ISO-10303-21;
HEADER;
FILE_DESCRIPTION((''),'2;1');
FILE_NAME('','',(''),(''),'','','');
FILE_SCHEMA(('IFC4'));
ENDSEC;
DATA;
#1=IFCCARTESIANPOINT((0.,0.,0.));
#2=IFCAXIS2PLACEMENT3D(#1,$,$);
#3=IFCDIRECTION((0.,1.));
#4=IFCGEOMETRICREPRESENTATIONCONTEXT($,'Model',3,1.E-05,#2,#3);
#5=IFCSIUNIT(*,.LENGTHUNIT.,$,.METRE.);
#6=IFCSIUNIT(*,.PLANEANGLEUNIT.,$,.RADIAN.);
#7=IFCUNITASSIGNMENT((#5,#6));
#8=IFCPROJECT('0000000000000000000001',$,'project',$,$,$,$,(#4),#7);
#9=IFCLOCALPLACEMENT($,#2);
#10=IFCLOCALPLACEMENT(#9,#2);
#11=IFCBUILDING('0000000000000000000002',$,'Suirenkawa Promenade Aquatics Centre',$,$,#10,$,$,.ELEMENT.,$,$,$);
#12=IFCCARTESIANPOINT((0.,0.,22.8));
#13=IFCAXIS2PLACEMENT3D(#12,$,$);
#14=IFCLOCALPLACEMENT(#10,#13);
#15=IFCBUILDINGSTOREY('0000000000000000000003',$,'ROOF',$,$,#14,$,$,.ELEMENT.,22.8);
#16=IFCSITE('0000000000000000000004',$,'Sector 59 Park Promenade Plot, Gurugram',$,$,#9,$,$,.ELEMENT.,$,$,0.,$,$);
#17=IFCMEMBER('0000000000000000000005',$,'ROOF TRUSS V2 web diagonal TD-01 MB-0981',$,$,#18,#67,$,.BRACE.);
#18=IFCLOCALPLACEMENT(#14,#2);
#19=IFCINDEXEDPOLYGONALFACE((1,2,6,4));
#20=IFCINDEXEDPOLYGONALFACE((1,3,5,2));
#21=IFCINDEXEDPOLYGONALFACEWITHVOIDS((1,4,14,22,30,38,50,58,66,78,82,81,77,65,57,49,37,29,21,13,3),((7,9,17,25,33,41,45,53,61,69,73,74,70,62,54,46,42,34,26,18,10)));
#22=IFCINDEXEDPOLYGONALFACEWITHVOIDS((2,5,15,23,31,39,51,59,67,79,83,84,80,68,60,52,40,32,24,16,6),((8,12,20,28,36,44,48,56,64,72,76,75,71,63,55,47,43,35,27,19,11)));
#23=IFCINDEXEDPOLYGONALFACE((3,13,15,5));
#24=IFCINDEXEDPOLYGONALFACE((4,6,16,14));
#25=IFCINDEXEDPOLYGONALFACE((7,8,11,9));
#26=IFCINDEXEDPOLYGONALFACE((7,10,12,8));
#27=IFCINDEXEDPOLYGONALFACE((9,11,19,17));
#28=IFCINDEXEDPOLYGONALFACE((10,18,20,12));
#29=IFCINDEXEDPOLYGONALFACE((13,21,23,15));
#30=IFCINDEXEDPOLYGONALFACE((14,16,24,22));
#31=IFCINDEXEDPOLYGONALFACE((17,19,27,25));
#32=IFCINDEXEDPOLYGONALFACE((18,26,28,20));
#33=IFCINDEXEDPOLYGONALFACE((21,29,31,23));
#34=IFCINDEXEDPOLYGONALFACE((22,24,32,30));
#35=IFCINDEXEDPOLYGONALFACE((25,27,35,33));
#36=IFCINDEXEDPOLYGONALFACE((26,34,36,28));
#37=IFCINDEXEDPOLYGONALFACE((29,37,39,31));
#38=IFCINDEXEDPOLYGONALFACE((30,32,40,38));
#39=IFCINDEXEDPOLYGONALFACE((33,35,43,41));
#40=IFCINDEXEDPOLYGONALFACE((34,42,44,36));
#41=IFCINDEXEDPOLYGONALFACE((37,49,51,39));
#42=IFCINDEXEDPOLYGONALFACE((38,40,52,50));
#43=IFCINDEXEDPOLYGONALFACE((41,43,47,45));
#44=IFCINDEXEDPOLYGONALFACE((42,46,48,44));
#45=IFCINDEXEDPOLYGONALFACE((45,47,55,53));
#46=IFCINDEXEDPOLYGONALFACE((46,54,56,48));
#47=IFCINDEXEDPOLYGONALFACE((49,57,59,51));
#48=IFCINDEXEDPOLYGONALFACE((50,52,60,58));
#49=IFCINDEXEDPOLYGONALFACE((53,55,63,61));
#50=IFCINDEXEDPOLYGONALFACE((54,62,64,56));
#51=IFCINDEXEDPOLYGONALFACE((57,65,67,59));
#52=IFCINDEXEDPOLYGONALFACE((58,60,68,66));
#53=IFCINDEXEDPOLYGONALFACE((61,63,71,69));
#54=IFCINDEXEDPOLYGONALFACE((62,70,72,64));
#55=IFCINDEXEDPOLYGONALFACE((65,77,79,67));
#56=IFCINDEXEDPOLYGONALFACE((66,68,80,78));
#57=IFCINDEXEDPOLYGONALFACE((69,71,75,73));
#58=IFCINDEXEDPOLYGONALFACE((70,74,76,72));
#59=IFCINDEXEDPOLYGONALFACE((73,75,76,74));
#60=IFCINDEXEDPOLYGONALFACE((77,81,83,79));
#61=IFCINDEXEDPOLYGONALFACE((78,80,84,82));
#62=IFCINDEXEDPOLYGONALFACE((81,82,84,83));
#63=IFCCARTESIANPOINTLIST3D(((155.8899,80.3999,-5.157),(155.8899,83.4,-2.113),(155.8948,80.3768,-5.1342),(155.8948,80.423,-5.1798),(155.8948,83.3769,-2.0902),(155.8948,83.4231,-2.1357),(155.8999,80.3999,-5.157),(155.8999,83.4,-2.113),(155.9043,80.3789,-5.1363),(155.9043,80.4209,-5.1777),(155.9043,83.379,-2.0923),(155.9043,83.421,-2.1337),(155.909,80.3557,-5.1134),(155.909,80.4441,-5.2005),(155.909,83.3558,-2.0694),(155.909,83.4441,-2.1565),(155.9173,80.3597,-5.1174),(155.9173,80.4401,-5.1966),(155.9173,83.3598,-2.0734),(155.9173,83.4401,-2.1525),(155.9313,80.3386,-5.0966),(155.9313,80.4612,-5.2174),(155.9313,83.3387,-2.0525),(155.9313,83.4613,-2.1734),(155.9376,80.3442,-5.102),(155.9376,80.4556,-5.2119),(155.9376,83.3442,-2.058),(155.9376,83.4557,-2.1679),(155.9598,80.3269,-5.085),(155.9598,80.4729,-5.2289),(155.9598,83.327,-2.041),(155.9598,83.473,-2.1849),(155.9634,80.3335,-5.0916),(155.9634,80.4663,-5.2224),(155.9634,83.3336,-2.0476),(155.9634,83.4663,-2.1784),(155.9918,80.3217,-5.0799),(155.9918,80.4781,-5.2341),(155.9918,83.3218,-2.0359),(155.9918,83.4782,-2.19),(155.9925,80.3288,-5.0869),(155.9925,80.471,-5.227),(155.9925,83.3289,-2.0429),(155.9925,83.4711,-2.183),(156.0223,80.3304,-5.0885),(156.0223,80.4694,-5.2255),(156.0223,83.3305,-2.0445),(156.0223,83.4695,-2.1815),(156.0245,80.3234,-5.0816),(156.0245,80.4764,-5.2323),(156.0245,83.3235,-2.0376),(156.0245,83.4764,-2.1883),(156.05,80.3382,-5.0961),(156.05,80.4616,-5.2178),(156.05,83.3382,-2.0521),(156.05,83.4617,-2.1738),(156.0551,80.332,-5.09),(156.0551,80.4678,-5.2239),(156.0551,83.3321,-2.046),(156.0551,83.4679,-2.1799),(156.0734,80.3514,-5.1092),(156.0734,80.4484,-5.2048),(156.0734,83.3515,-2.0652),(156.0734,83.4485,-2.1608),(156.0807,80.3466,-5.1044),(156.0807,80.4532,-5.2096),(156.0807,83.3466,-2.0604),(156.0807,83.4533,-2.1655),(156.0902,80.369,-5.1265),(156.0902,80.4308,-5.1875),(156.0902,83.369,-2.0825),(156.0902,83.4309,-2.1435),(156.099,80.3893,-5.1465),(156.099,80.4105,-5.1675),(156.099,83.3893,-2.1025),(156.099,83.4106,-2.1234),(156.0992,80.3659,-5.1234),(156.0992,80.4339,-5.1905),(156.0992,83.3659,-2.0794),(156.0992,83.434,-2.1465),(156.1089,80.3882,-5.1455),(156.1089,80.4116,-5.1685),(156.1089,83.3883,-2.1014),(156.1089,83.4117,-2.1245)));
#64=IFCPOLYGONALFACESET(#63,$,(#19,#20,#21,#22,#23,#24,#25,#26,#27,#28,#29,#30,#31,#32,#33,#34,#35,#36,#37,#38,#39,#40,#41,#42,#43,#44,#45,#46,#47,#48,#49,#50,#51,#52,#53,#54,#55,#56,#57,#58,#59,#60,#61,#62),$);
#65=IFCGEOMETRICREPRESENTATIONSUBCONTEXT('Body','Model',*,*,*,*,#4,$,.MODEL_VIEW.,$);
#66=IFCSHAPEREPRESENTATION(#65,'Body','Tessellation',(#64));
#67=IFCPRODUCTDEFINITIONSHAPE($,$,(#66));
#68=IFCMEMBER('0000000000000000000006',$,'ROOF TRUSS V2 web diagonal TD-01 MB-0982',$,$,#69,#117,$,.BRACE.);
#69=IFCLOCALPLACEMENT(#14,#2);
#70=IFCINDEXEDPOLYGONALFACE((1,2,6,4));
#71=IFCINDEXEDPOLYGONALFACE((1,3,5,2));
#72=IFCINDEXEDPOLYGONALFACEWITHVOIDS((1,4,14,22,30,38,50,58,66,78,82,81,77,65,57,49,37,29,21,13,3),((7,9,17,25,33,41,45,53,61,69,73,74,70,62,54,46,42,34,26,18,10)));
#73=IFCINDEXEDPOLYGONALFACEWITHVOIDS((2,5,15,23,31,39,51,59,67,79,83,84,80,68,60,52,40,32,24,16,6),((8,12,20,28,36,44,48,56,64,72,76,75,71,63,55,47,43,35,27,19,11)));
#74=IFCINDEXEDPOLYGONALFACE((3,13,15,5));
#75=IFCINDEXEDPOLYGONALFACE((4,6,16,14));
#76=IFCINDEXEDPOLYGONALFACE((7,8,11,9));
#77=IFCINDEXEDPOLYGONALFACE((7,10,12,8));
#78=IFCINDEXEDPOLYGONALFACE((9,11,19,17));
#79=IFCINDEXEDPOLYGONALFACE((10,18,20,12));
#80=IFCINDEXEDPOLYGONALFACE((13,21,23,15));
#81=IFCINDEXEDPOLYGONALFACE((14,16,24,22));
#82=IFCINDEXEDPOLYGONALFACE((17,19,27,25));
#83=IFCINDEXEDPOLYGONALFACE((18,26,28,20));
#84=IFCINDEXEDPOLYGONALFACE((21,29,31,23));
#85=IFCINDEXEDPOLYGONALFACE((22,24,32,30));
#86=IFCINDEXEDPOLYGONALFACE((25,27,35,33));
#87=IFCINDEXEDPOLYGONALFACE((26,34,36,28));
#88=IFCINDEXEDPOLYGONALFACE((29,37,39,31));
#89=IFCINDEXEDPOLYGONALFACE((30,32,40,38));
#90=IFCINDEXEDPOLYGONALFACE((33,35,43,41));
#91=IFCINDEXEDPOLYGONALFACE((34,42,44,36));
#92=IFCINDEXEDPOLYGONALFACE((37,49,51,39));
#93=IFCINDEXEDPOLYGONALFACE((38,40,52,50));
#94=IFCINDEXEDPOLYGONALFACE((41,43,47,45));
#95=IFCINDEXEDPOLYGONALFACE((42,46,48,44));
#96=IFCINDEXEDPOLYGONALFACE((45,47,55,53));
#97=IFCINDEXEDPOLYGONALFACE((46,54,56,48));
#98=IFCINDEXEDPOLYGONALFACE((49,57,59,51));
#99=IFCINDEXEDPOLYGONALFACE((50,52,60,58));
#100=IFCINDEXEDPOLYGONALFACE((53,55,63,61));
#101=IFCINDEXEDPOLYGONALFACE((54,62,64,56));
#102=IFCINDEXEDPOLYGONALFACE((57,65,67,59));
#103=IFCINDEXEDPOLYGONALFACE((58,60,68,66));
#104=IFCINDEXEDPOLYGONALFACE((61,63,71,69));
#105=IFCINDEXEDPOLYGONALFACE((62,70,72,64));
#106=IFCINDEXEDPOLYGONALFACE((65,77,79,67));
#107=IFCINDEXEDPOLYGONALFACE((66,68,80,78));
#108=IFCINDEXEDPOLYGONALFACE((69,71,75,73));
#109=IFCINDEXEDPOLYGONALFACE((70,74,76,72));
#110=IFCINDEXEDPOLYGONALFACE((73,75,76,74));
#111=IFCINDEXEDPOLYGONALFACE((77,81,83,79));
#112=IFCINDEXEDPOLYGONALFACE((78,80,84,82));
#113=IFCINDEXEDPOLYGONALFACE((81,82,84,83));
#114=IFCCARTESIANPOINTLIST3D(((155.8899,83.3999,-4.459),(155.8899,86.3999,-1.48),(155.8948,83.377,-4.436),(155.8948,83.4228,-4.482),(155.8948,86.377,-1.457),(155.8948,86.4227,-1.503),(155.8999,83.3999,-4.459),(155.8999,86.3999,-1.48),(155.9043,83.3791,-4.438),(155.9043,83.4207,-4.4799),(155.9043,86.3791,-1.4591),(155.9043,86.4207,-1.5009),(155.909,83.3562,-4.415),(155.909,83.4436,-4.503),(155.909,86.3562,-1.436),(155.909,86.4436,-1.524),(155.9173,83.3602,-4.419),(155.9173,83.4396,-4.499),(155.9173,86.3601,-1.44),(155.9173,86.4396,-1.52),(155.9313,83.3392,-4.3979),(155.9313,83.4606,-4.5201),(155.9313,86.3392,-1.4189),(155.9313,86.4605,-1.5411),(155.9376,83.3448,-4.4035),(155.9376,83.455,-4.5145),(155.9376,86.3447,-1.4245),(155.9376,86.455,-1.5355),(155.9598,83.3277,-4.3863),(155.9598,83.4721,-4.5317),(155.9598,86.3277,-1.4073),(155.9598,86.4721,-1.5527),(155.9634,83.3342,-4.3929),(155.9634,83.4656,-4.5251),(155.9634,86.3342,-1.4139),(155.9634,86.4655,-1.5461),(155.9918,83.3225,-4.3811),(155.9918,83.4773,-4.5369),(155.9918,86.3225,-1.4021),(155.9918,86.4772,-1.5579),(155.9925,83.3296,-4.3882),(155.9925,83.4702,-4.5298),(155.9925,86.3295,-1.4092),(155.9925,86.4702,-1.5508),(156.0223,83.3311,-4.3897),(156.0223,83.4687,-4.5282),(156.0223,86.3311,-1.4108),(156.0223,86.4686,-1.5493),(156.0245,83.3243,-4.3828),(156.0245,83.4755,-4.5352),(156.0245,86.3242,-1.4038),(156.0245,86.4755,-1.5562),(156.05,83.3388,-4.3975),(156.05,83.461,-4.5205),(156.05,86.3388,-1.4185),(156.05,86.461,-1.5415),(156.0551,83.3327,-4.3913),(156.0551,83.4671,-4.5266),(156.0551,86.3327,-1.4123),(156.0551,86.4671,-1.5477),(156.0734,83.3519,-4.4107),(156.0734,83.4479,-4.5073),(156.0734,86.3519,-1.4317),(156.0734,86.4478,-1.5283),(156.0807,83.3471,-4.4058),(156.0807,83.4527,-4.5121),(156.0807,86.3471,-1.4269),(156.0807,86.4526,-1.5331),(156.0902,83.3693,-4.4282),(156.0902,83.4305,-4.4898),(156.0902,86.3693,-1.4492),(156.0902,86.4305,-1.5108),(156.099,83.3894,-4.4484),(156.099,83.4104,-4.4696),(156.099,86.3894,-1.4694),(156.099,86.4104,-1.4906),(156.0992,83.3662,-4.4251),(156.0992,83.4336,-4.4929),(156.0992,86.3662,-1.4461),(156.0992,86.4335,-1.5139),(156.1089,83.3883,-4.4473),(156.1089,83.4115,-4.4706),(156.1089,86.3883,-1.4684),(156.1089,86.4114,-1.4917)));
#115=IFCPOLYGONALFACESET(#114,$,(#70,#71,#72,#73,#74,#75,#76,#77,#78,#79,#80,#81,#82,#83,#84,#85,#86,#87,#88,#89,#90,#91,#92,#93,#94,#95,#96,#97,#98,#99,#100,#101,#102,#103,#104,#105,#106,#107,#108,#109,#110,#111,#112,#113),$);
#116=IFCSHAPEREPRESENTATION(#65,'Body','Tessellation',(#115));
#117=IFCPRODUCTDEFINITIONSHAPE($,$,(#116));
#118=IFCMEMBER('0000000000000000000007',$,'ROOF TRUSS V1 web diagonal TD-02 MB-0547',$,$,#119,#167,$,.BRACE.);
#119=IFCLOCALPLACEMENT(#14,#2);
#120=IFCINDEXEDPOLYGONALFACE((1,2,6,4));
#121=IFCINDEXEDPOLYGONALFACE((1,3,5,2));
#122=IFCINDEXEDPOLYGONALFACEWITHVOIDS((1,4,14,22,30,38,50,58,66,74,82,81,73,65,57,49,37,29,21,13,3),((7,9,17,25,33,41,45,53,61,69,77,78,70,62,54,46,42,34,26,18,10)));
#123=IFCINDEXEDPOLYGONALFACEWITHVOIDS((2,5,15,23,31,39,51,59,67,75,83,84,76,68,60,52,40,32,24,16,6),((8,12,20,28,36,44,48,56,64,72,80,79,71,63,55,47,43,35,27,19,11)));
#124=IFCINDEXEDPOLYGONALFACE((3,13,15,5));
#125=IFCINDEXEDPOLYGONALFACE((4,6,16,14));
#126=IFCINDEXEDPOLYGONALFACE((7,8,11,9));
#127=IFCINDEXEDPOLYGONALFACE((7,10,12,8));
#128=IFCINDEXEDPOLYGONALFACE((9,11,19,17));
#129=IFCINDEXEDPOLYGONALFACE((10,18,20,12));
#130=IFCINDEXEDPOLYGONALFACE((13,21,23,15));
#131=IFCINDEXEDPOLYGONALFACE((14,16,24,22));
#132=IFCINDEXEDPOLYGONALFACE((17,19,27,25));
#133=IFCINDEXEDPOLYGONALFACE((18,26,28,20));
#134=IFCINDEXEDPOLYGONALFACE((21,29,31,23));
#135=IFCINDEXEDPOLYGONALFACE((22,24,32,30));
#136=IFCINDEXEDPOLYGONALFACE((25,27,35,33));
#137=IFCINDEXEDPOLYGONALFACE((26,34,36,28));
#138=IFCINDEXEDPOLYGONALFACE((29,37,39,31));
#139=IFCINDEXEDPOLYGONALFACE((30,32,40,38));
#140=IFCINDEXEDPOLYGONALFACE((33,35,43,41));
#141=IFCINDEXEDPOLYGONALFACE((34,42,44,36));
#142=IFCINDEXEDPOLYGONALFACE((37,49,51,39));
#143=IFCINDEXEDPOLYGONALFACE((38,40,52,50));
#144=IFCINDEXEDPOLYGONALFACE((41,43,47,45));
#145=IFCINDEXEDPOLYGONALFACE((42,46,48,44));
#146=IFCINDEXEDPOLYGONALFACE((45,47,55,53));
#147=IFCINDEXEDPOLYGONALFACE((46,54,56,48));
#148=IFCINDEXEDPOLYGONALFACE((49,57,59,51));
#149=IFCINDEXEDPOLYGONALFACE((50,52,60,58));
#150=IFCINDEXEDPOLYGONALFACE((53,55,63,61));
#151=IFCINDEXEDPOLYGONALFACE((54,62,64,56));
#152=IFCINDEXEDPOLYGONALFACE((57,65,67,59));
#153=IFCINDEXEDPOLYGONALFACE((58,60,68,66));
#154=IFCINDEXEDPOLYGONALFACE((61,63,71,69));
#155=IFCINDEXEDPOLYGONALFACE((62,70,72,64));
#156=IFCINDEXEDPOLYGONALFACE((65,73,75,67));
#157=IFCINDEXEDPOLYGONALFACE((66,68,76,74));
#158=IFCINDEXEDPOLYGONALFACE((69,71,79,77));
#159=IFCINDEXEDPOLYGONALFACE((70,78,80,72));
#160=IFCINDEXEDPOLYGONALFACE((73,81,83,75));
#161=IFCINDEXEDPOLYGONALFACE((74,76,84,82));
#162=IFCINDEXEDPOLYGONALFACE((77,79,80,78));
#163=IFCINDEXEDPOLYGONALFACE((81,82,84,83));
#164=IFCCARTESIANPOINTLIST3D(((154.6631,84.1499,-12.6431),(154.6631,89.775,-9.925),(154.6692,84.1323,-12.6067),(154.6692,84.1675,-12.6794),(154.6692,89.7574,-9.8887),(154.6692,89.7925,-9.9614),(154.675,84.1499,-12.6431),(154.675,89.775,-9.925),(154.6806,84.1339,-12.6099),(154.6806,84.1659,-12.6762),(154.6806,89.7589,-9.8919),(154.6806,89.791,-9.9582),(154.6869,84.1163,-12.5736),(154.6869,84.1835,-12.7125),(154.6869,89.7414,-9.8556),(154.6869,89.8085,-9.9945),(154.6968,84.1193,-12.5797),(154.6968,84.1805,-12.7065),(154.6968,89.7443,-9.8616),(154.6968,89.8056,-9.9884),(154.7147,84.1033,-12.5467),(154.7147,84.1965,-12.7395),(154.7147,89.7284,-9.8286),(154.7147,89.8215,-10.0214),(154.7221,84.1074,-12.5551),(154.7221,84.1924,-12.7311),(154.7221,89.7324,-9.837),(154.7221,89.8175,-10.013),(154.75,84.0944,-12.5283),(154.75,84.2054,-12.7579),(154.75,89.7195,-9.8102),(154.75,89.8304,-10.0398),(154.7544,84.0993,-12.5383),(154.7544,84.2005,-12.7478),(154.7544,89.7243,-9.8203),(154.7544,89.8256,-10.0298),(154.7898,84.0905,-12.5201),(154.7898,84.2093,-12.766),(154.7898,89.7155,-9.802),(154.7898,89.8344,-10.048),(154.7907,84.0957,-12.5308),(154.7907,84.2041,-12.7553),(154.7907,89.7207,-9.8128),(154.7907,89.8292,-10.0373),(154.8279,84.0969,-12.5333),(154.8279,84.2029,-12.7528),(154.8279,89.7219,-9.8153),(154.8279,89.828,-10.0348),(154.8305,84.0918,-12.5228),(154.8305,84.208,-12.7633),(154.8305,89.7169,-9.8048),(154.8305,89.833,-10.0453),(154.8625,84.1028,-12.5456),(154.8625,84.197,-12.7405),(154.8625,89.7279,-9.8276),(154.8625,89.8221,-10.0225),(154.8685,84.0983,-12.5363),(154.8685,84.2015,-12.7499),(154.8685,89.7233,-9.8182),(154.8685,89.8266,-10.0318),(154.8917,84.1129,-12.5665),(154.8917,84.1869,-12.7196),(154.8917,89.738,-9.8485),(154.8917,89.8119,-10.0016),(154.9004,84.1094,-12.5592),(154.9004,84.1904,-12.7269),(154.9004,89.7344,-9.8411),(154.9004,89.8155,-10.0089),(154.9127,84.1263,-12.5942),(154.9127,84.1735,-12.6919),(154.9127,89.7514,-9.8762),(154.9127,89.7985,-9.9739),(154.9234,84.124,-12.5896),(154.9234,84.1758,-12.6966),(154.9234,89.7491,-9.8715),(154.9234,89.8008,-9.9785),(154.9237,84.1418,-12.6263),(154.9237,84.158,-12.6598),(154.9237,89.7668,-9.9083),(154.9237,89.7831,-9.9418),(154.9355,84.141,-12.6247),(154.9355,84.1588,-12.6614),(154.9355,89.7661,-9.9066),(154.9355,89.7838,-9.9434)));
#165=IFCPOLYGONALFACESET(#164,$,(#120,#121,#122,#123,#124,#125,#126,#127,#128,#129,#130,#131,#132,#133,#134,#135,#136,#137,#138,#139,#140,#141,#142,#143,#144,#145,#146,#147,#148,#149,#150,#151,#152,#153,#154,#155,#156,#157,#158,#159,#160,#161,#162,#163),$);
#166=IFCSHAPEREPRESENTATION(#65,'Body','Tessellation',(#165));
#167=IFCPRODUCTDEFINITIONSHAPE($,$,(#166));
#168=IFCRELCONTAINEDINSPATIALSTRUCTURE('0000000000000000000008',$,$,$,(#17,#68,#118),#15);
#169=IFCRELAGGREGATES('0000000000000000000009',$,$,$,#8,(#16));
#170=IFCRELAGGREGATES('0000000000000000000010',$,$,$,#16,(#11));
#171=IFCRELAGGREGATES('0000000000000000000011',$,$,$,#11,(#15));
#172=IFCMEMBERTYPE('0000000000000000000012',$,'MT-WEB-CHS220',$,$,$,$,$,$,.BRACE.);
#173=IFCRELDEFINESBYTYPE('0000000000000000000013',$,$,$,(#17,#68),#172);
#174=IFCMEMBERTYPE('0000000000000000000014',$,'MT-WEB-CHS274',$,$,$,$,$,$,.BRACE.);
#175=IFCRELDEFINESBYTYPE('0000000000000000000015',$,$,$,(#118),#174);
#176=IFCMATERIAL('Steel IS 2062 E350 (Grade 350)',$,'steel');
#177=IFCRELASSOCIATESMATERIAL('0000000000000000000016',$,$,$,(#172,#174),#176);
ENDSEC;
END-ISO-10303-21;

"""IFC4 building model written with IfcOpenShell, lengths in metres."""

from ifc_helpers import new_model, si_unit, direction, frame, origin, origin_2d, place, context, subcontext, project, spatial, hollow_circle, extrude, material, material_profile, profile_set, type_object, element, save


model = new_model("IFC4")

# Units and contexts
model_context = context("Model", 3, precision=1e-05, world=origin(), true_north=direction((0.0, 1.0)))
body_context = subcontext(model_context, "Body", "Model", "MODEL_VIEW")
ifc_project = project(units=[si_unit("LENGTHUNIT", "METRE"), si_unit("PLANEANGLEUNIT", "RADIAN")], contexts=[model_context])

# Site, building, storey
site_placement = place(None, origin())
site = spatial("IfcSite", under=ifc_project, at=site_placement, Name="Sector 59 Park Promenade Plot, Gurugram", CompositionType="ELEMENT", RefElevation=0.0)
building_placement = place(site_placement, origin())
building = spatial("IfcBuilding", under=site, at=building_placement, Name="Suirenkawa Promenade Aquatics Centre", CompositionType="ELEMENT")
storey_placement = place(building_placement, frame((0.0, 0.0, 22.8)))
storey = spatial("IfcBuildingStorey", under=building, at=storey_placement, Name="ROOF", CompositionType="ELEMENT", Elevation=22.8)

# Shared definitions
ifc_material = material(Name="Steel IS 2062 E350 (Grade 350)", Category="steel")

# Members
ifc_material_profile_1 = material_profile(ifc_material, hollow_circle(Radius=0.1101, WallThickness=0.01, at=origin_2d()), Name="CHS 220x10", Category="steel")
ifc_profile_set_1 = profile_set([ifc_material_profile_1], Name="Steel IS 2062 E350 (Grade 350)")
member_type_1 = type_object("IfcMemberType", Name="MT-WEB-CHS220", PredefinedType="BRACE", material=ifc_profile_set_1)
member_1_placement = place(storey_placement, frame((156.0, 80.3999, -5.157), z_axis=(0.0, 0.701947, 0.712229), x_axis=(-1.0, 0.0, 0.0)))
element("IfcMember", 1, at=member_1_placement, inside=storey, type_object=member_type_1, Name="ROOF TRUSS V2 web diagonal TD-01 MB-0981", PredefinedType="BRACE", context=body_context, shape_type="SweptSolid", body=[
    extrude(hollow_circle(Radius=0.1101, WallThickness=0.01, at=origin_2d()), origin(), (0.0, 0.0, 1.0), 4.2739),
])
member_2_placement = place(storey_placement, frame((156.0, 83.3999, -4.459), z_axis=(0.0, 0.709586, 0.704619), x_axis=(-1.0, 0.0, 0.0)))
element("IfcMember", 2, at=member_2_placement, inside=storey, type_object=member_type_1, Name="ROOF TRUSS V2 web diagonal TD-01 MB-0982", PredefinedType="BRACE", context=body_context, shape_type="SweptSolid", body=[
    extrude(hollow_circle(Radius=0.1101, WallThickness=0.01, at=origin_2d()), origin(), (0.0, 0.0, 1.0), 4.2278),
])
ifc_material_profile_2 = material_profile(ifc_material, hollow_circle(Radius=0.137, WallThickness=0.012, at=origin_2d()), Name="CHS 274x12", Category="steel")
ifc_profile_set_2 = profile_set([ifc_material_profile_2], Name="Steel IS 2062 E350 (Grade 350)")
member_type_2 = type_object("IfcMemberType", Name="MT-WEB-CHS274", PredefinedType="BRACE", material=ifc_profile_set_2)
member_3_placement = place(storey_placement, frame((154.8, 84.1499, -12.6431), z_axis=(0.0, 0.900395, 0.435074), x_axis=(-1.0, 0.0, 0.0)))
element("IfcMember", 3, at=member_3_placement, inside=storey, type_object=member_type_2, Name="ROOF TRUSS V1 web diagonal TD-02 MB-0547", PredefinedType="BRACE", context=body_context, shape_type="SweptSolid", body=[
    extrude(hollow_circle(Radius=0.137, WallThickness=0.012, at=origin_2d()), origin(), (0.0, 0.0, 1.0), 6.2473),
])

save(model, "model.ifc")
